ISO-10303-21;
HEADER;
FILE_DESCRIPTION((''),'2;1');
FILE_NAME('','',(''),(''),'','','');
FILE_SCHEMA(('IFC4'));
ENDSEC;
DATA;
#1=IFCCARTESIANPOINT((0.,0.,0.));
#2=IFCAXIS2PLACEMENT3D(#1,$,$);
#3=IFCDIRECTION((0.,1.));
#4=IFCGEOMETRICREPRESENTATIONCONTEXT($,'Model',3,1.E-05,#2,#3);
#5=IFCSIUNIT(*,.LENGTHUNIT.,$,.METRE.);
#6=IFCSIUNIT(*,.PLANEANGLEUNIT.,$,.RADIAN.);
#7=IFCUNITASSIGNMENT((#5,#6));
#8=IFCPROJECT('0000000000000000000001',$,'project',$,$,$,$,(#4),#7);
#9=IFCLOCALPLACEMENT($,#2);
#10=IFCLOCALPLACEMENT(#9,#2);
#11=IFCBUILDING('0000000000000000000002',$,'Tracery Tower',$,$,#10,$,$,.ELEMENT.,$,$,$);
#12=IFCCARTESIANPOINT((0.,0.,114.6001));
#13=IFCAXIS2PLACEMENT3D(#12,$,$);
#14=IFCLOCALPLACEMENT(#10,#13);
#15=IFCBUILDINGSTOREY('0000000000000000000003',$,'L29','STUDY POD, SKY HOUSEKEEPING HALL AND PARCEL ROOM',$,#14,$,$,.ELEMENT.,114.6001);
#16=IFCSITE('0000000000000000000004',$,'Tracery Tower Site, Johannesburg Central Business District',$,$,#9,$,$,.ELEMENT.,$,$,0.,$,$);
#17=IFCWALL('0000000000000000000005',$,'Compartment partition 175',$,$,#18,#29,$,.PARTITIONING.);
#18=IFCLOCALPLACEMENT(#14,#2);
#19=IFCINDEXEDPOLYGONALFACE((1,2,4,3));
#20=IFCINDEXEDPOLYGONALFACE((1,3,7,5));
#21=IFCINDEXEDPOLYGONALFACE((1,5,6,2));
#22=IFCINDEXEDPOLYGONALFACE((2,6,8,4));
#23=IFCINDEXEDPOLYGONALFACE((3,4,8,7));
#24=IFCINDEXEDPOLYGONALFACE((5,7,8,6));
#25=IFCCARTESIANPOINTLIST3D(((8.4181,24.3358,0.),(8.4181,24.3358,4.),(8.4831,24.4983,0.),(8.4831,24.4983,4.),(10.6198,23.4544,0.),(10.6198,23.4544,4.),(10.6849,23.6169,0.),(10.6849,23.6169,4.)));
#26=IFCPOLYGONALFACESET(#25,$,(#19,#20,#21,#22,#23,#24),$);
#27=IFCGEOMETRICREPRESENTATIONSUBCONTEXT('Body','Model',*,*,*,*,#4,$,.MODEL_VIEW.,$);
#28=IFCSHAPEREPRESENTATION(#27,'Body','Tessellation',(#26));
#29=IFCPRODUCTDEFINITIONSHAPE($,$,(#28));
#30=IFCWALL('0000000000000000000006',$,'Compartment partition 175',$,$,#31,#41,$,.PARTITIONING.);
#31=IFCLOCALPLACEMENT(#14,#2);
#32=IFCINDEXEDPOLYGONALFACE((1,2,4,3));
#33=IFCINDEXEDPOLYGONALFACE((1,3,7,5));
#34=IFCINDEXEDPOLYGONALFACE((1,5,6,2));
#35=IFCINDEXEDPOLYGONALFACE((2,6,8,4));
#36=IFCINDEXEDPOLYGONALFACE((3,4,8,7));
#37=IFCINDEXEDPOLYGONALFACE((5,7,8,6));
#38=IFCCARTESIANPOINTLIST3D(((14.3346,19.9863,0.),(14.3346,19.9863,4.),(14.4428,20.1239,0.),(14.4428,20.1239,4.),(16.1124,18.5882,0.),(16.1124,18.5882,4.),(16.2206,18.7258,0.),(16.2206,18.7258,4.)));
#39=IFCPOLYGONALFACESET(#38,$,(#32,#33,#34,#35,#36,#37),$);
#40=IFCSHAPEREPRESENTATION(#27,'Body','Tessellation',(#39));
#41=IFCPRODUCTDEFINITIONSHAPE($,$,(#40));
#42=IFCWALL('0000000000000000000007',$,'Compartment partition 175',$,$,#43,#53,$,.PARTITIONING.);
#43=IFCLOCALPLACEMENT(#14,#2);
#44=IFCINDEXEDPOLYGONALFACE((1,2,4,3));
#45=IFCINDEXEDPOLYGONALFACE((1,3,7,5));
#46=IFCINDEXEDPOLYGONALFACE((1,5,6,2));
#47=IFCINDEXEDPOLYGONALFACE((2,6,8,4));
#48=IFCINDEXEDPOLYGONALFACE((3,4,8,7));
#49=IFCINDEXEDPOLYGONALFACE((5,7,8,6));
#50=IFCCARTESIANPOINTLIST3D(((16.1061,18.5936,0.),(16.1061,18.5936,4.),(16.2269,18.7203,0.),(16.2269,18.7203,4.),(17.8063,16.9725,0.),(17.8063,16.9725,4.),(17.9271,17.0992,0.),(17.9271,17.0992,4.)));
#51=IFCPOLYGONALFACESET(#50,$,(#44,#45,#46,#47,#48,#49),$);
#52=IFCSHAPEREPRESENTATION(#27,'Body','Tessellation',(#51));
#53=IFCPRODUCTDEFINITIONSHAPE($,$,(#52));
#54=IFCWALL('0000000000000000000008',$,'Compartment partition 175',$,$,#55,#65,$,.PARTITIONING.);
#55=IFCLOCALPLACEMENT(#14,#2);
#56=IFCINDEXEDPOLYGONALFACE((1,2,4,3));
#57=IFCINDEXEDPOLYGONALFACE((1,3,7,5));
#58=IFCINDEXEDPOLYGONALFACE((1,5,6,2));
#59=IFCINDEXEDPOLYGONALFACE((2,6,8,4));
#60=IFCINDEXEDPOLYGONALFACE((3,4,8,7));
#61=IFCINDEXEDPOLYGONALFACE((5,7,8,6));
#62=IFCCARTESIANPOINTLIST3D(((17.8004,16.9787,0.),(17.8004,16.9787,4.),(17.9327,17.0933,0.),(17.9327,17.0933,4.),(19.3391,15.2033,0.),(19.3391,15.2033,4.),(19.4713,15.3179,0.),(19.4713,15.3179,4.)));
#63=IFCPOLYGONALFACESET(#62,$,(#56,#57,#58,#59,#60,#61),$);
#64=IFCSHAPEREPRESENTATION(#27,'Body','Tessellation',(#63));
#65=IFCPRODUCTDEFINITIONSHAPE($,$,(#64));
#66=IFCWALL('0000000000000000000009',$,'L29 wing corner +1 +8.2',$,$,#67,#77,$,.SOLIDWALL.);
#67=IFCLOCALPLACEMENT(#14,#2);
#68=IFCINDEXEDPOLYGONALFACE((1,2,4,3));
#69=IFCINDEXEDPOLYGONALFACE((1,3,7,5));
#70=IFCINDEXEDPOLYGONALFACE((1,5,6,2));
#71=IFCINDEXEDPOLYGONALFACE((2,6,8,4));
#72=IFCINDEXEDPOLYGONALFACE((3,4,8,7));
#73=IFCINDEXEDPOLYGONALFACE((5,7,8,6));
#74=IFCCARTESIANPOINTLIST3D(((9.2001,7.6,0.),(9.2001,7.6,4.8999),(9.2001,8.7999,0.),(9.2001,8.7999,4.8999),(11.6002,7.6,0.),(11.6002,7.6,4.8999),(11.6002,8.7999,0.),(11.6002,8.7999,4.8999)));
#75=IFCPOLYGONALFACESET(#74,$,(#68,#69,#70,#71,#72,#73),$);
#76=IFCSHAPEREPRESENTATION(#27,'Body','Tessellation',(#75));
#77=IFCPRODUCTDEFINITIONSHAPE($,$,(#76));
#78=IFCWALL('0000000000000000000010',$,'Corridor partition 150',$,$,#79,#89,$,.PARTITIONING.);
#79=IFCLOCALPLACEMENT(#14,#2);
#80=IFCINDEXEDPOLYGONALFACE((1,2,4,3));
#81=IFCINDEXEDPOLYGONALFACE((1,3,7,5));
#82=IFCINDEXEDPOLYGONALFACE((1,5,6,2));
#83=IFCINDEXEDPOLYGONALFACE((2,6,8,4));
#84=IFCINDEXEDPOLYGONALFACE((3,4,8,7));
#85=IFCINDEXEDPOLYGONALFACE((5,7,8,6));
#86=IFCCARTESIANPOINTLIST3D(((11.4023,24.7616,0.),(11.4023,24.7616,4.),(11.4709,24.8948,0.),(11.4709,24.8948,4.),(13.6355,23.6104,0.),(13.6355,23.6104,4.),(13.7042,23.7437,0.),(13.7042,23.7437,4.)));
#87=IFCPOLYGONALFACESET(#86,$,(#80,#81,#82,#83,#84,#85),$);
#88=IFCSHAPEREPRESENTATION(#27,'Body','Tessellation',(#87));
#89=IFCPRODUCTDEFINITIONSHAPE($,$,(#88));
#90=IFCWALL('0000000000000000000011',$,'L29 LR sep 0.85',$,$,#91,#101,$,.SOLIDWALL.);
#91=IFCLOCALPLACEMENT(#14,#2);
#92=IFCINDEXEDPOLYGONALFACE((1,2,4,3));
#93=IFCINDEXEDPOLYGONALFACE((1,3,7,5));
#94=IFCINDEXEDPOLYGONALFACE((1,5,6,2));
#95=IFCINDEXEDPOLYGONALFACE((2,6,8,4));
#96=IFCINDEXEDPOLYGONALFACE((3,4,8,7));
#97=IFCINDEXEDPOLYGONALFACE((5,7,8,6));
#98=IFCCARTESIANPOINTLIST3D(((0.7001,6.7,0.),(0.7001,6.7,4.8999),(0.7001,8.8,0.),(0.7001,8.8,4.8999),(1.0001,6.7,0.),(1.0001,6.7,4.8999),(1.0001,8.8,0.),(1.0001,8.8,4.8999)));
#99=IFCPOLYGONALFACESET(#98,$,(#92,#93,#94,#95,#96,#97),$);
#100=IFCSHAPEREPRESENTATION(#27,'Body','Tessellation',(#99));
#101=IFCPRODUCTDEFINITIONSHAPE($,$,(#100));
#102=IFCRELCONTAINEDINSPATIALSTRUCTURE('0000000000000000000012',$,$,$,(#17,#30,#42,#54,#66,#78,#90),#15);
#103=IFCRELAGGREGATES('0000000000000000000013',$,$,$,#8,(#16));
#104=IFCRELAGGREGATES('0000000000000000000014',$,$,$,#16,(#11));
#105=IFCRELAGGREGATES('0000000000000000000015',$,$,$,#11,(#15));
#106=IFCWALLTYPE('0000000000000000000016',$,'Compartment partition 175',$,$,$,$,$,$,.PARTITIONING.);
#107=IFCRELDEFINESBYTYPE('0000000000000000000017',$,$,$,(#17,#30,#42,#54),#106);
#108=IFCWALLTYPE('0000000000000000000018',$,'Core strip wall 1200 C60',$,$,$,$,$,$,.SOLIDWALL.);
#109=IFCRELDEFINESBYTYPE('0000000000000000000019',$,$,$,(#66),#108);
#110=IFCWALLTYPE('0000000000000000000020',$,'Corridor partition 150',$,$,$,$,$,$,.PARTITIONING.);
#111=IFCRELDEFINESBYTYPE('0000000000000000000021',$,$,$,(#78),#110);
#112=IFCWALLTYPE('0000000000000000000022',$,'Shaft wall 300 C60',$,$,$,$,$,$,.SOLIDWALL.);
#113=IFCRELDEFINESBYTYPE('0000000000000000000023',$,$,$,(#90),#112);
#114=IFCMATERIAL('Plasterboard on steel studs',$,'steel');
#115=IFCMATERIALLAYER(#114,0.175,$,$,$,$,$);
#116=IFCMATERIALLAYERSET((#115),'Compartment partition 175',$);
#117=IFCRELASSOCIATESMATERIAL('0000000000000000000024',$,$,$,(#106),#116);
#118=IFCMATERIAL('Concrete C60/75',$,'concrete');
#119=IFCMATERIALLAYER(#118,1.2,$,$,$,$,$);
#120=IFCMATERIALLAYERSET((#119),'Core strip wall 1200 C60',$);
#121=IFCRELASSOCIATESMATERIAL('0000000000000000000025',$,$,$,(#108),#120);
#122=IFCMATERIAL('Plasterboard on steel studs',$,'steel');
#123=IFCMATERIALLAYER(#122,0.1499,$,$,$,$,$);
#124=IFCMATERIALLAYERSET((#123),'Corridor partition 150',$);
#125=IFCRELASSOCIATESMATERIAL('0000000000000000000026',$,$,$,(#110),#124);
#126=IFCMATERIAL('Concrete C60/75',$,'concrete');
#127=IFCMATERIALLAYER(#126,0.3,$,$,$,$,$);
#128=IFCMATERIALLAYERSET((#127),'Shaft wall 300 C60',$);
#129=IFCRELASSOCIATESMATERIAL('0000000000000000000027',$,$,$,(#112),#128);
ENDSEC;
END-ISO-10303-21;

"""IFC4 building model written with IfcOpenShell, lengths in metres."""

from ifc_helpers import new_model, si_unit, direction, frame, frame_2d, origin, place, context, subcontext, project, spatial, rectangle, extrude, material, layer, layer_set, type_object, element, save


model = new_model("IFC4")

# Units and contexts
model_context = context("Model", 3, precision=1e-05, world=origin(), true_north=direction((0.0, 1.0)))
body_context = subcontext(model_context, "Body", "Model", "MODEL_VIEW")
ifc_project = project(units=[si_unit("LENGTHUNIT", "METRE"), si_unit("PLANEANGLEUNIT", "RADIAN")], contexts=[model_context])

# Site, building, storey
site_placement = place(None, origin())
site = spatial("IfcSite", under=ifc_project, at=site_placement, Name="Tracery Tower Site, Johannesburg Central Business District", CompositionType="ELEMENT", RefElevation=0.0)
building_placement = place(site_placement, origin())
building = spatial("IfcBuilding", under=site, at=building_placement, Name="Tracery Tower", CompositionType="ELEMENT")
storey_placement = place(building_placement, frame((0.0, 0.0, 114.6001)))
storey = spatial("IfcBuildingStorey", under=building, at=storey_placement, Name="L29", Description="STUDY POD, SKY HOUSEKEEPING HALL AND PARCEL ROOM", CompositionType="ELEMENT", Elevation=114.6001)

# Wall
ifc_material_1 = material(Name="Plasterboard on steel studs", Category="steel")
ifc_layer_1 = layer(ifc_material_1, 0.175)
ifc_layer_set_1 = layer_set([ifc_layer_1], Name="Compartment partition 175")
wall_type_1 = type_object("IfcWallType", Name="Compartment partition 175", PredefinedType="PARTITIONING", material=ifc_layer_set_1)
wall_1_placement = place(storey_placement, frame((10.6523, 23.5356, 0.0), z_axis=(0.0, 0.0, 1.0), x_axis=(-0.928377, 0.371639, 0.0)))
element("IfcWall", 1, at=wall_1_placement, inside=storey, type_object=wall_type_1, Name="Compartment partition 175", PredefinedType="PARTITIONING", context=body_context, shape_type="SweptSolid", body=[
    extrude(rectangle(XDim=2.3716, YDim=0.175, at=frame_2d((1.1858, 0.0))), origin(), (0.0, 0.0, 1.0), 4.0),
])

# Walls
wall_2_placement = place(storey_placement, frame((16.1665, 18.657, 0.0), z_axis=(0.0, 0.0, 1.0), x_axis=(-0.786034, 0.618184, 0.0)))
element("IfcWall", 2, at=wall_2_placement, inside=storey, type_object=wall_type_1, Name="Compartment partition 175", PredefinedType="PARTITIONING", context=body_context, shape_type="SweptSolid", body=[
    extrude(rectangle(XDim=2.2617, YDim=0.175, at=frame_2d((1.1309, 0.0))), origin(), (0.0, 0.0, 1.0), 4.0),
])
wall_3_placement = place(storey_placement, frame((17.8667, 17.0359, 0.0), z_axis=(0.0, 0.0, 1.0), x_axis=(-0.723742, 0.69007, 0.0)))
element("IfcWall", 3, at=wall_3_placement, inside=storey, type_object=wall_type_1, Name="Compartment partition 175", PredefinedType="PARTITIONING", context=body_context, shape_type="SweptSolid", body=[
    extrude(rectangle(XDim=2.3491, YDim=0.175, at=frame_2d((1.1746, 0.0))), origin(), (0.0, 0.0, 1.0), 4.0),
])

# Wall
wall_4_placement = place(storey_placement, frame((19.4053, 15.2605, 0.0), z_axis=(0.0, 0.0, 1.0), x_axis=(-0.654907, 0.75571, 0.0)))
element("IfcWall", 4, at=wall_4_placement, inside=storey, type_object=wall_type_1, Name="Compartment partition 175", PredefinedType="PARTITIONING", context=body_context, shape_type="SweptSolid", body=[
    extrude(rectangle(XDim=2.3494, YDim=0.175, at=frame_2d((1.1748, 0.0))), origin(), (0.0, 0.0, 1.0), 4.0),
])

# Walls
ifc_material_2 = material(Name="Concrete C60/75", Category="concrete")
ifc_layer_2 = layer(ifc_material_2, 1.2)
ifc_layer_set_2 = layer_set([ifc_layer_2], Name="Core strip wall 1200 C60")
wall_type_2 = type_object("IfcWallType", Name="Core strip wall 1200 C60", PredefinedType="SOLIDWALL", material=ifc_layer_set_2)
wall_5_placement = place(storey_placement, frame((9.2, 8.2, 0.0), z_axis=(0.0, 0.0, 1.0), x_axis=(1.0, 0.0, 0.0)))
element("IfcWall", 5, at=wall_5_placement, inside=storey, type_object=wall_type_2, Name="L29 wing corner +1 +8.2", PredefinedType="SOLIDWALL", context=body_context, shape_type="SweptSolid", body=[
    extrude(rectangle(XDim=2.4001, YDim=1.2, at=frame_2d((1.2002, 0.0))), origin(), (0.0, 0.0, 1.0), 4.8999),
])
ifc_material_3 = material(Name="Plasterboard on steel studs", Category="steel")
ifc_layer_3 = layer(ifc_material_3, 0.1499)
ifc_layer_set_3 = layer_set([ifc_layer_3], Name="Corridor partition 150")
wall_type_3 = type_object("IfcWallType", Name="Corridor partition 150", PredefinedType="PARTITIONING", material=ifc_layer_set_3)
wall_6_placement = place(storey_placement, frame((13.6699, 23.677, 0.0), z_axis=(0.0, 0.0, 1.0), x_axis=(-0.888859, 0.45818, 0.0)))
element("IfcWall", 6, at=wall_6_placement, inside=storey, type_object=wall_type_3, Name="Corridor partition 150", PredefinedType="PARTITIONING", context=body_context, shape_type="SweptSolid", body=[
    extrude(rectangle(XDim=2.5125, YDim=0.1499, at=frame_2d((1.2563, 0.0))), origin(), (0.0, 0.0, 1.0), 4.0),
])
ifc_material_4 = material(Name="Concrete C60/75", Category="concrete")
ifc_layer_4 = layer(ifc_material_4, 0.3)
ifc_layer_set_4 = layer_set([ifc_layer_4], Name="Shaft wall 300 C60")
wall_type_4 = type_object("IfcWallType", Name="Shaft wall 300 C60", PredefinedType="SOLIDWALL", material=ifc_layer_set_4)
wall_7_placement = place(storey_placement, frame((0.8501, 6.7, 0.0), z_axis=(0.0, 0.0, 1.0), x_axis=(0.0, 1.0, 0.0)))
element("IfcWall", 7, at=wall_7_placement, inside=storey, type_object=wall_type_4, Name="L29 LR sep 0.85", PredefinedType="SOLIDWALL", context=body_context, shape_type="SweptSolid", body=[
    extrude(rectangle(XDim=2.1001, YDim=0.3, at=frame_2d((1.05, 0.0))), origin(), (0.0, 0.0, 1.0), 4.8999),
])

save(model, "model.ifc")
